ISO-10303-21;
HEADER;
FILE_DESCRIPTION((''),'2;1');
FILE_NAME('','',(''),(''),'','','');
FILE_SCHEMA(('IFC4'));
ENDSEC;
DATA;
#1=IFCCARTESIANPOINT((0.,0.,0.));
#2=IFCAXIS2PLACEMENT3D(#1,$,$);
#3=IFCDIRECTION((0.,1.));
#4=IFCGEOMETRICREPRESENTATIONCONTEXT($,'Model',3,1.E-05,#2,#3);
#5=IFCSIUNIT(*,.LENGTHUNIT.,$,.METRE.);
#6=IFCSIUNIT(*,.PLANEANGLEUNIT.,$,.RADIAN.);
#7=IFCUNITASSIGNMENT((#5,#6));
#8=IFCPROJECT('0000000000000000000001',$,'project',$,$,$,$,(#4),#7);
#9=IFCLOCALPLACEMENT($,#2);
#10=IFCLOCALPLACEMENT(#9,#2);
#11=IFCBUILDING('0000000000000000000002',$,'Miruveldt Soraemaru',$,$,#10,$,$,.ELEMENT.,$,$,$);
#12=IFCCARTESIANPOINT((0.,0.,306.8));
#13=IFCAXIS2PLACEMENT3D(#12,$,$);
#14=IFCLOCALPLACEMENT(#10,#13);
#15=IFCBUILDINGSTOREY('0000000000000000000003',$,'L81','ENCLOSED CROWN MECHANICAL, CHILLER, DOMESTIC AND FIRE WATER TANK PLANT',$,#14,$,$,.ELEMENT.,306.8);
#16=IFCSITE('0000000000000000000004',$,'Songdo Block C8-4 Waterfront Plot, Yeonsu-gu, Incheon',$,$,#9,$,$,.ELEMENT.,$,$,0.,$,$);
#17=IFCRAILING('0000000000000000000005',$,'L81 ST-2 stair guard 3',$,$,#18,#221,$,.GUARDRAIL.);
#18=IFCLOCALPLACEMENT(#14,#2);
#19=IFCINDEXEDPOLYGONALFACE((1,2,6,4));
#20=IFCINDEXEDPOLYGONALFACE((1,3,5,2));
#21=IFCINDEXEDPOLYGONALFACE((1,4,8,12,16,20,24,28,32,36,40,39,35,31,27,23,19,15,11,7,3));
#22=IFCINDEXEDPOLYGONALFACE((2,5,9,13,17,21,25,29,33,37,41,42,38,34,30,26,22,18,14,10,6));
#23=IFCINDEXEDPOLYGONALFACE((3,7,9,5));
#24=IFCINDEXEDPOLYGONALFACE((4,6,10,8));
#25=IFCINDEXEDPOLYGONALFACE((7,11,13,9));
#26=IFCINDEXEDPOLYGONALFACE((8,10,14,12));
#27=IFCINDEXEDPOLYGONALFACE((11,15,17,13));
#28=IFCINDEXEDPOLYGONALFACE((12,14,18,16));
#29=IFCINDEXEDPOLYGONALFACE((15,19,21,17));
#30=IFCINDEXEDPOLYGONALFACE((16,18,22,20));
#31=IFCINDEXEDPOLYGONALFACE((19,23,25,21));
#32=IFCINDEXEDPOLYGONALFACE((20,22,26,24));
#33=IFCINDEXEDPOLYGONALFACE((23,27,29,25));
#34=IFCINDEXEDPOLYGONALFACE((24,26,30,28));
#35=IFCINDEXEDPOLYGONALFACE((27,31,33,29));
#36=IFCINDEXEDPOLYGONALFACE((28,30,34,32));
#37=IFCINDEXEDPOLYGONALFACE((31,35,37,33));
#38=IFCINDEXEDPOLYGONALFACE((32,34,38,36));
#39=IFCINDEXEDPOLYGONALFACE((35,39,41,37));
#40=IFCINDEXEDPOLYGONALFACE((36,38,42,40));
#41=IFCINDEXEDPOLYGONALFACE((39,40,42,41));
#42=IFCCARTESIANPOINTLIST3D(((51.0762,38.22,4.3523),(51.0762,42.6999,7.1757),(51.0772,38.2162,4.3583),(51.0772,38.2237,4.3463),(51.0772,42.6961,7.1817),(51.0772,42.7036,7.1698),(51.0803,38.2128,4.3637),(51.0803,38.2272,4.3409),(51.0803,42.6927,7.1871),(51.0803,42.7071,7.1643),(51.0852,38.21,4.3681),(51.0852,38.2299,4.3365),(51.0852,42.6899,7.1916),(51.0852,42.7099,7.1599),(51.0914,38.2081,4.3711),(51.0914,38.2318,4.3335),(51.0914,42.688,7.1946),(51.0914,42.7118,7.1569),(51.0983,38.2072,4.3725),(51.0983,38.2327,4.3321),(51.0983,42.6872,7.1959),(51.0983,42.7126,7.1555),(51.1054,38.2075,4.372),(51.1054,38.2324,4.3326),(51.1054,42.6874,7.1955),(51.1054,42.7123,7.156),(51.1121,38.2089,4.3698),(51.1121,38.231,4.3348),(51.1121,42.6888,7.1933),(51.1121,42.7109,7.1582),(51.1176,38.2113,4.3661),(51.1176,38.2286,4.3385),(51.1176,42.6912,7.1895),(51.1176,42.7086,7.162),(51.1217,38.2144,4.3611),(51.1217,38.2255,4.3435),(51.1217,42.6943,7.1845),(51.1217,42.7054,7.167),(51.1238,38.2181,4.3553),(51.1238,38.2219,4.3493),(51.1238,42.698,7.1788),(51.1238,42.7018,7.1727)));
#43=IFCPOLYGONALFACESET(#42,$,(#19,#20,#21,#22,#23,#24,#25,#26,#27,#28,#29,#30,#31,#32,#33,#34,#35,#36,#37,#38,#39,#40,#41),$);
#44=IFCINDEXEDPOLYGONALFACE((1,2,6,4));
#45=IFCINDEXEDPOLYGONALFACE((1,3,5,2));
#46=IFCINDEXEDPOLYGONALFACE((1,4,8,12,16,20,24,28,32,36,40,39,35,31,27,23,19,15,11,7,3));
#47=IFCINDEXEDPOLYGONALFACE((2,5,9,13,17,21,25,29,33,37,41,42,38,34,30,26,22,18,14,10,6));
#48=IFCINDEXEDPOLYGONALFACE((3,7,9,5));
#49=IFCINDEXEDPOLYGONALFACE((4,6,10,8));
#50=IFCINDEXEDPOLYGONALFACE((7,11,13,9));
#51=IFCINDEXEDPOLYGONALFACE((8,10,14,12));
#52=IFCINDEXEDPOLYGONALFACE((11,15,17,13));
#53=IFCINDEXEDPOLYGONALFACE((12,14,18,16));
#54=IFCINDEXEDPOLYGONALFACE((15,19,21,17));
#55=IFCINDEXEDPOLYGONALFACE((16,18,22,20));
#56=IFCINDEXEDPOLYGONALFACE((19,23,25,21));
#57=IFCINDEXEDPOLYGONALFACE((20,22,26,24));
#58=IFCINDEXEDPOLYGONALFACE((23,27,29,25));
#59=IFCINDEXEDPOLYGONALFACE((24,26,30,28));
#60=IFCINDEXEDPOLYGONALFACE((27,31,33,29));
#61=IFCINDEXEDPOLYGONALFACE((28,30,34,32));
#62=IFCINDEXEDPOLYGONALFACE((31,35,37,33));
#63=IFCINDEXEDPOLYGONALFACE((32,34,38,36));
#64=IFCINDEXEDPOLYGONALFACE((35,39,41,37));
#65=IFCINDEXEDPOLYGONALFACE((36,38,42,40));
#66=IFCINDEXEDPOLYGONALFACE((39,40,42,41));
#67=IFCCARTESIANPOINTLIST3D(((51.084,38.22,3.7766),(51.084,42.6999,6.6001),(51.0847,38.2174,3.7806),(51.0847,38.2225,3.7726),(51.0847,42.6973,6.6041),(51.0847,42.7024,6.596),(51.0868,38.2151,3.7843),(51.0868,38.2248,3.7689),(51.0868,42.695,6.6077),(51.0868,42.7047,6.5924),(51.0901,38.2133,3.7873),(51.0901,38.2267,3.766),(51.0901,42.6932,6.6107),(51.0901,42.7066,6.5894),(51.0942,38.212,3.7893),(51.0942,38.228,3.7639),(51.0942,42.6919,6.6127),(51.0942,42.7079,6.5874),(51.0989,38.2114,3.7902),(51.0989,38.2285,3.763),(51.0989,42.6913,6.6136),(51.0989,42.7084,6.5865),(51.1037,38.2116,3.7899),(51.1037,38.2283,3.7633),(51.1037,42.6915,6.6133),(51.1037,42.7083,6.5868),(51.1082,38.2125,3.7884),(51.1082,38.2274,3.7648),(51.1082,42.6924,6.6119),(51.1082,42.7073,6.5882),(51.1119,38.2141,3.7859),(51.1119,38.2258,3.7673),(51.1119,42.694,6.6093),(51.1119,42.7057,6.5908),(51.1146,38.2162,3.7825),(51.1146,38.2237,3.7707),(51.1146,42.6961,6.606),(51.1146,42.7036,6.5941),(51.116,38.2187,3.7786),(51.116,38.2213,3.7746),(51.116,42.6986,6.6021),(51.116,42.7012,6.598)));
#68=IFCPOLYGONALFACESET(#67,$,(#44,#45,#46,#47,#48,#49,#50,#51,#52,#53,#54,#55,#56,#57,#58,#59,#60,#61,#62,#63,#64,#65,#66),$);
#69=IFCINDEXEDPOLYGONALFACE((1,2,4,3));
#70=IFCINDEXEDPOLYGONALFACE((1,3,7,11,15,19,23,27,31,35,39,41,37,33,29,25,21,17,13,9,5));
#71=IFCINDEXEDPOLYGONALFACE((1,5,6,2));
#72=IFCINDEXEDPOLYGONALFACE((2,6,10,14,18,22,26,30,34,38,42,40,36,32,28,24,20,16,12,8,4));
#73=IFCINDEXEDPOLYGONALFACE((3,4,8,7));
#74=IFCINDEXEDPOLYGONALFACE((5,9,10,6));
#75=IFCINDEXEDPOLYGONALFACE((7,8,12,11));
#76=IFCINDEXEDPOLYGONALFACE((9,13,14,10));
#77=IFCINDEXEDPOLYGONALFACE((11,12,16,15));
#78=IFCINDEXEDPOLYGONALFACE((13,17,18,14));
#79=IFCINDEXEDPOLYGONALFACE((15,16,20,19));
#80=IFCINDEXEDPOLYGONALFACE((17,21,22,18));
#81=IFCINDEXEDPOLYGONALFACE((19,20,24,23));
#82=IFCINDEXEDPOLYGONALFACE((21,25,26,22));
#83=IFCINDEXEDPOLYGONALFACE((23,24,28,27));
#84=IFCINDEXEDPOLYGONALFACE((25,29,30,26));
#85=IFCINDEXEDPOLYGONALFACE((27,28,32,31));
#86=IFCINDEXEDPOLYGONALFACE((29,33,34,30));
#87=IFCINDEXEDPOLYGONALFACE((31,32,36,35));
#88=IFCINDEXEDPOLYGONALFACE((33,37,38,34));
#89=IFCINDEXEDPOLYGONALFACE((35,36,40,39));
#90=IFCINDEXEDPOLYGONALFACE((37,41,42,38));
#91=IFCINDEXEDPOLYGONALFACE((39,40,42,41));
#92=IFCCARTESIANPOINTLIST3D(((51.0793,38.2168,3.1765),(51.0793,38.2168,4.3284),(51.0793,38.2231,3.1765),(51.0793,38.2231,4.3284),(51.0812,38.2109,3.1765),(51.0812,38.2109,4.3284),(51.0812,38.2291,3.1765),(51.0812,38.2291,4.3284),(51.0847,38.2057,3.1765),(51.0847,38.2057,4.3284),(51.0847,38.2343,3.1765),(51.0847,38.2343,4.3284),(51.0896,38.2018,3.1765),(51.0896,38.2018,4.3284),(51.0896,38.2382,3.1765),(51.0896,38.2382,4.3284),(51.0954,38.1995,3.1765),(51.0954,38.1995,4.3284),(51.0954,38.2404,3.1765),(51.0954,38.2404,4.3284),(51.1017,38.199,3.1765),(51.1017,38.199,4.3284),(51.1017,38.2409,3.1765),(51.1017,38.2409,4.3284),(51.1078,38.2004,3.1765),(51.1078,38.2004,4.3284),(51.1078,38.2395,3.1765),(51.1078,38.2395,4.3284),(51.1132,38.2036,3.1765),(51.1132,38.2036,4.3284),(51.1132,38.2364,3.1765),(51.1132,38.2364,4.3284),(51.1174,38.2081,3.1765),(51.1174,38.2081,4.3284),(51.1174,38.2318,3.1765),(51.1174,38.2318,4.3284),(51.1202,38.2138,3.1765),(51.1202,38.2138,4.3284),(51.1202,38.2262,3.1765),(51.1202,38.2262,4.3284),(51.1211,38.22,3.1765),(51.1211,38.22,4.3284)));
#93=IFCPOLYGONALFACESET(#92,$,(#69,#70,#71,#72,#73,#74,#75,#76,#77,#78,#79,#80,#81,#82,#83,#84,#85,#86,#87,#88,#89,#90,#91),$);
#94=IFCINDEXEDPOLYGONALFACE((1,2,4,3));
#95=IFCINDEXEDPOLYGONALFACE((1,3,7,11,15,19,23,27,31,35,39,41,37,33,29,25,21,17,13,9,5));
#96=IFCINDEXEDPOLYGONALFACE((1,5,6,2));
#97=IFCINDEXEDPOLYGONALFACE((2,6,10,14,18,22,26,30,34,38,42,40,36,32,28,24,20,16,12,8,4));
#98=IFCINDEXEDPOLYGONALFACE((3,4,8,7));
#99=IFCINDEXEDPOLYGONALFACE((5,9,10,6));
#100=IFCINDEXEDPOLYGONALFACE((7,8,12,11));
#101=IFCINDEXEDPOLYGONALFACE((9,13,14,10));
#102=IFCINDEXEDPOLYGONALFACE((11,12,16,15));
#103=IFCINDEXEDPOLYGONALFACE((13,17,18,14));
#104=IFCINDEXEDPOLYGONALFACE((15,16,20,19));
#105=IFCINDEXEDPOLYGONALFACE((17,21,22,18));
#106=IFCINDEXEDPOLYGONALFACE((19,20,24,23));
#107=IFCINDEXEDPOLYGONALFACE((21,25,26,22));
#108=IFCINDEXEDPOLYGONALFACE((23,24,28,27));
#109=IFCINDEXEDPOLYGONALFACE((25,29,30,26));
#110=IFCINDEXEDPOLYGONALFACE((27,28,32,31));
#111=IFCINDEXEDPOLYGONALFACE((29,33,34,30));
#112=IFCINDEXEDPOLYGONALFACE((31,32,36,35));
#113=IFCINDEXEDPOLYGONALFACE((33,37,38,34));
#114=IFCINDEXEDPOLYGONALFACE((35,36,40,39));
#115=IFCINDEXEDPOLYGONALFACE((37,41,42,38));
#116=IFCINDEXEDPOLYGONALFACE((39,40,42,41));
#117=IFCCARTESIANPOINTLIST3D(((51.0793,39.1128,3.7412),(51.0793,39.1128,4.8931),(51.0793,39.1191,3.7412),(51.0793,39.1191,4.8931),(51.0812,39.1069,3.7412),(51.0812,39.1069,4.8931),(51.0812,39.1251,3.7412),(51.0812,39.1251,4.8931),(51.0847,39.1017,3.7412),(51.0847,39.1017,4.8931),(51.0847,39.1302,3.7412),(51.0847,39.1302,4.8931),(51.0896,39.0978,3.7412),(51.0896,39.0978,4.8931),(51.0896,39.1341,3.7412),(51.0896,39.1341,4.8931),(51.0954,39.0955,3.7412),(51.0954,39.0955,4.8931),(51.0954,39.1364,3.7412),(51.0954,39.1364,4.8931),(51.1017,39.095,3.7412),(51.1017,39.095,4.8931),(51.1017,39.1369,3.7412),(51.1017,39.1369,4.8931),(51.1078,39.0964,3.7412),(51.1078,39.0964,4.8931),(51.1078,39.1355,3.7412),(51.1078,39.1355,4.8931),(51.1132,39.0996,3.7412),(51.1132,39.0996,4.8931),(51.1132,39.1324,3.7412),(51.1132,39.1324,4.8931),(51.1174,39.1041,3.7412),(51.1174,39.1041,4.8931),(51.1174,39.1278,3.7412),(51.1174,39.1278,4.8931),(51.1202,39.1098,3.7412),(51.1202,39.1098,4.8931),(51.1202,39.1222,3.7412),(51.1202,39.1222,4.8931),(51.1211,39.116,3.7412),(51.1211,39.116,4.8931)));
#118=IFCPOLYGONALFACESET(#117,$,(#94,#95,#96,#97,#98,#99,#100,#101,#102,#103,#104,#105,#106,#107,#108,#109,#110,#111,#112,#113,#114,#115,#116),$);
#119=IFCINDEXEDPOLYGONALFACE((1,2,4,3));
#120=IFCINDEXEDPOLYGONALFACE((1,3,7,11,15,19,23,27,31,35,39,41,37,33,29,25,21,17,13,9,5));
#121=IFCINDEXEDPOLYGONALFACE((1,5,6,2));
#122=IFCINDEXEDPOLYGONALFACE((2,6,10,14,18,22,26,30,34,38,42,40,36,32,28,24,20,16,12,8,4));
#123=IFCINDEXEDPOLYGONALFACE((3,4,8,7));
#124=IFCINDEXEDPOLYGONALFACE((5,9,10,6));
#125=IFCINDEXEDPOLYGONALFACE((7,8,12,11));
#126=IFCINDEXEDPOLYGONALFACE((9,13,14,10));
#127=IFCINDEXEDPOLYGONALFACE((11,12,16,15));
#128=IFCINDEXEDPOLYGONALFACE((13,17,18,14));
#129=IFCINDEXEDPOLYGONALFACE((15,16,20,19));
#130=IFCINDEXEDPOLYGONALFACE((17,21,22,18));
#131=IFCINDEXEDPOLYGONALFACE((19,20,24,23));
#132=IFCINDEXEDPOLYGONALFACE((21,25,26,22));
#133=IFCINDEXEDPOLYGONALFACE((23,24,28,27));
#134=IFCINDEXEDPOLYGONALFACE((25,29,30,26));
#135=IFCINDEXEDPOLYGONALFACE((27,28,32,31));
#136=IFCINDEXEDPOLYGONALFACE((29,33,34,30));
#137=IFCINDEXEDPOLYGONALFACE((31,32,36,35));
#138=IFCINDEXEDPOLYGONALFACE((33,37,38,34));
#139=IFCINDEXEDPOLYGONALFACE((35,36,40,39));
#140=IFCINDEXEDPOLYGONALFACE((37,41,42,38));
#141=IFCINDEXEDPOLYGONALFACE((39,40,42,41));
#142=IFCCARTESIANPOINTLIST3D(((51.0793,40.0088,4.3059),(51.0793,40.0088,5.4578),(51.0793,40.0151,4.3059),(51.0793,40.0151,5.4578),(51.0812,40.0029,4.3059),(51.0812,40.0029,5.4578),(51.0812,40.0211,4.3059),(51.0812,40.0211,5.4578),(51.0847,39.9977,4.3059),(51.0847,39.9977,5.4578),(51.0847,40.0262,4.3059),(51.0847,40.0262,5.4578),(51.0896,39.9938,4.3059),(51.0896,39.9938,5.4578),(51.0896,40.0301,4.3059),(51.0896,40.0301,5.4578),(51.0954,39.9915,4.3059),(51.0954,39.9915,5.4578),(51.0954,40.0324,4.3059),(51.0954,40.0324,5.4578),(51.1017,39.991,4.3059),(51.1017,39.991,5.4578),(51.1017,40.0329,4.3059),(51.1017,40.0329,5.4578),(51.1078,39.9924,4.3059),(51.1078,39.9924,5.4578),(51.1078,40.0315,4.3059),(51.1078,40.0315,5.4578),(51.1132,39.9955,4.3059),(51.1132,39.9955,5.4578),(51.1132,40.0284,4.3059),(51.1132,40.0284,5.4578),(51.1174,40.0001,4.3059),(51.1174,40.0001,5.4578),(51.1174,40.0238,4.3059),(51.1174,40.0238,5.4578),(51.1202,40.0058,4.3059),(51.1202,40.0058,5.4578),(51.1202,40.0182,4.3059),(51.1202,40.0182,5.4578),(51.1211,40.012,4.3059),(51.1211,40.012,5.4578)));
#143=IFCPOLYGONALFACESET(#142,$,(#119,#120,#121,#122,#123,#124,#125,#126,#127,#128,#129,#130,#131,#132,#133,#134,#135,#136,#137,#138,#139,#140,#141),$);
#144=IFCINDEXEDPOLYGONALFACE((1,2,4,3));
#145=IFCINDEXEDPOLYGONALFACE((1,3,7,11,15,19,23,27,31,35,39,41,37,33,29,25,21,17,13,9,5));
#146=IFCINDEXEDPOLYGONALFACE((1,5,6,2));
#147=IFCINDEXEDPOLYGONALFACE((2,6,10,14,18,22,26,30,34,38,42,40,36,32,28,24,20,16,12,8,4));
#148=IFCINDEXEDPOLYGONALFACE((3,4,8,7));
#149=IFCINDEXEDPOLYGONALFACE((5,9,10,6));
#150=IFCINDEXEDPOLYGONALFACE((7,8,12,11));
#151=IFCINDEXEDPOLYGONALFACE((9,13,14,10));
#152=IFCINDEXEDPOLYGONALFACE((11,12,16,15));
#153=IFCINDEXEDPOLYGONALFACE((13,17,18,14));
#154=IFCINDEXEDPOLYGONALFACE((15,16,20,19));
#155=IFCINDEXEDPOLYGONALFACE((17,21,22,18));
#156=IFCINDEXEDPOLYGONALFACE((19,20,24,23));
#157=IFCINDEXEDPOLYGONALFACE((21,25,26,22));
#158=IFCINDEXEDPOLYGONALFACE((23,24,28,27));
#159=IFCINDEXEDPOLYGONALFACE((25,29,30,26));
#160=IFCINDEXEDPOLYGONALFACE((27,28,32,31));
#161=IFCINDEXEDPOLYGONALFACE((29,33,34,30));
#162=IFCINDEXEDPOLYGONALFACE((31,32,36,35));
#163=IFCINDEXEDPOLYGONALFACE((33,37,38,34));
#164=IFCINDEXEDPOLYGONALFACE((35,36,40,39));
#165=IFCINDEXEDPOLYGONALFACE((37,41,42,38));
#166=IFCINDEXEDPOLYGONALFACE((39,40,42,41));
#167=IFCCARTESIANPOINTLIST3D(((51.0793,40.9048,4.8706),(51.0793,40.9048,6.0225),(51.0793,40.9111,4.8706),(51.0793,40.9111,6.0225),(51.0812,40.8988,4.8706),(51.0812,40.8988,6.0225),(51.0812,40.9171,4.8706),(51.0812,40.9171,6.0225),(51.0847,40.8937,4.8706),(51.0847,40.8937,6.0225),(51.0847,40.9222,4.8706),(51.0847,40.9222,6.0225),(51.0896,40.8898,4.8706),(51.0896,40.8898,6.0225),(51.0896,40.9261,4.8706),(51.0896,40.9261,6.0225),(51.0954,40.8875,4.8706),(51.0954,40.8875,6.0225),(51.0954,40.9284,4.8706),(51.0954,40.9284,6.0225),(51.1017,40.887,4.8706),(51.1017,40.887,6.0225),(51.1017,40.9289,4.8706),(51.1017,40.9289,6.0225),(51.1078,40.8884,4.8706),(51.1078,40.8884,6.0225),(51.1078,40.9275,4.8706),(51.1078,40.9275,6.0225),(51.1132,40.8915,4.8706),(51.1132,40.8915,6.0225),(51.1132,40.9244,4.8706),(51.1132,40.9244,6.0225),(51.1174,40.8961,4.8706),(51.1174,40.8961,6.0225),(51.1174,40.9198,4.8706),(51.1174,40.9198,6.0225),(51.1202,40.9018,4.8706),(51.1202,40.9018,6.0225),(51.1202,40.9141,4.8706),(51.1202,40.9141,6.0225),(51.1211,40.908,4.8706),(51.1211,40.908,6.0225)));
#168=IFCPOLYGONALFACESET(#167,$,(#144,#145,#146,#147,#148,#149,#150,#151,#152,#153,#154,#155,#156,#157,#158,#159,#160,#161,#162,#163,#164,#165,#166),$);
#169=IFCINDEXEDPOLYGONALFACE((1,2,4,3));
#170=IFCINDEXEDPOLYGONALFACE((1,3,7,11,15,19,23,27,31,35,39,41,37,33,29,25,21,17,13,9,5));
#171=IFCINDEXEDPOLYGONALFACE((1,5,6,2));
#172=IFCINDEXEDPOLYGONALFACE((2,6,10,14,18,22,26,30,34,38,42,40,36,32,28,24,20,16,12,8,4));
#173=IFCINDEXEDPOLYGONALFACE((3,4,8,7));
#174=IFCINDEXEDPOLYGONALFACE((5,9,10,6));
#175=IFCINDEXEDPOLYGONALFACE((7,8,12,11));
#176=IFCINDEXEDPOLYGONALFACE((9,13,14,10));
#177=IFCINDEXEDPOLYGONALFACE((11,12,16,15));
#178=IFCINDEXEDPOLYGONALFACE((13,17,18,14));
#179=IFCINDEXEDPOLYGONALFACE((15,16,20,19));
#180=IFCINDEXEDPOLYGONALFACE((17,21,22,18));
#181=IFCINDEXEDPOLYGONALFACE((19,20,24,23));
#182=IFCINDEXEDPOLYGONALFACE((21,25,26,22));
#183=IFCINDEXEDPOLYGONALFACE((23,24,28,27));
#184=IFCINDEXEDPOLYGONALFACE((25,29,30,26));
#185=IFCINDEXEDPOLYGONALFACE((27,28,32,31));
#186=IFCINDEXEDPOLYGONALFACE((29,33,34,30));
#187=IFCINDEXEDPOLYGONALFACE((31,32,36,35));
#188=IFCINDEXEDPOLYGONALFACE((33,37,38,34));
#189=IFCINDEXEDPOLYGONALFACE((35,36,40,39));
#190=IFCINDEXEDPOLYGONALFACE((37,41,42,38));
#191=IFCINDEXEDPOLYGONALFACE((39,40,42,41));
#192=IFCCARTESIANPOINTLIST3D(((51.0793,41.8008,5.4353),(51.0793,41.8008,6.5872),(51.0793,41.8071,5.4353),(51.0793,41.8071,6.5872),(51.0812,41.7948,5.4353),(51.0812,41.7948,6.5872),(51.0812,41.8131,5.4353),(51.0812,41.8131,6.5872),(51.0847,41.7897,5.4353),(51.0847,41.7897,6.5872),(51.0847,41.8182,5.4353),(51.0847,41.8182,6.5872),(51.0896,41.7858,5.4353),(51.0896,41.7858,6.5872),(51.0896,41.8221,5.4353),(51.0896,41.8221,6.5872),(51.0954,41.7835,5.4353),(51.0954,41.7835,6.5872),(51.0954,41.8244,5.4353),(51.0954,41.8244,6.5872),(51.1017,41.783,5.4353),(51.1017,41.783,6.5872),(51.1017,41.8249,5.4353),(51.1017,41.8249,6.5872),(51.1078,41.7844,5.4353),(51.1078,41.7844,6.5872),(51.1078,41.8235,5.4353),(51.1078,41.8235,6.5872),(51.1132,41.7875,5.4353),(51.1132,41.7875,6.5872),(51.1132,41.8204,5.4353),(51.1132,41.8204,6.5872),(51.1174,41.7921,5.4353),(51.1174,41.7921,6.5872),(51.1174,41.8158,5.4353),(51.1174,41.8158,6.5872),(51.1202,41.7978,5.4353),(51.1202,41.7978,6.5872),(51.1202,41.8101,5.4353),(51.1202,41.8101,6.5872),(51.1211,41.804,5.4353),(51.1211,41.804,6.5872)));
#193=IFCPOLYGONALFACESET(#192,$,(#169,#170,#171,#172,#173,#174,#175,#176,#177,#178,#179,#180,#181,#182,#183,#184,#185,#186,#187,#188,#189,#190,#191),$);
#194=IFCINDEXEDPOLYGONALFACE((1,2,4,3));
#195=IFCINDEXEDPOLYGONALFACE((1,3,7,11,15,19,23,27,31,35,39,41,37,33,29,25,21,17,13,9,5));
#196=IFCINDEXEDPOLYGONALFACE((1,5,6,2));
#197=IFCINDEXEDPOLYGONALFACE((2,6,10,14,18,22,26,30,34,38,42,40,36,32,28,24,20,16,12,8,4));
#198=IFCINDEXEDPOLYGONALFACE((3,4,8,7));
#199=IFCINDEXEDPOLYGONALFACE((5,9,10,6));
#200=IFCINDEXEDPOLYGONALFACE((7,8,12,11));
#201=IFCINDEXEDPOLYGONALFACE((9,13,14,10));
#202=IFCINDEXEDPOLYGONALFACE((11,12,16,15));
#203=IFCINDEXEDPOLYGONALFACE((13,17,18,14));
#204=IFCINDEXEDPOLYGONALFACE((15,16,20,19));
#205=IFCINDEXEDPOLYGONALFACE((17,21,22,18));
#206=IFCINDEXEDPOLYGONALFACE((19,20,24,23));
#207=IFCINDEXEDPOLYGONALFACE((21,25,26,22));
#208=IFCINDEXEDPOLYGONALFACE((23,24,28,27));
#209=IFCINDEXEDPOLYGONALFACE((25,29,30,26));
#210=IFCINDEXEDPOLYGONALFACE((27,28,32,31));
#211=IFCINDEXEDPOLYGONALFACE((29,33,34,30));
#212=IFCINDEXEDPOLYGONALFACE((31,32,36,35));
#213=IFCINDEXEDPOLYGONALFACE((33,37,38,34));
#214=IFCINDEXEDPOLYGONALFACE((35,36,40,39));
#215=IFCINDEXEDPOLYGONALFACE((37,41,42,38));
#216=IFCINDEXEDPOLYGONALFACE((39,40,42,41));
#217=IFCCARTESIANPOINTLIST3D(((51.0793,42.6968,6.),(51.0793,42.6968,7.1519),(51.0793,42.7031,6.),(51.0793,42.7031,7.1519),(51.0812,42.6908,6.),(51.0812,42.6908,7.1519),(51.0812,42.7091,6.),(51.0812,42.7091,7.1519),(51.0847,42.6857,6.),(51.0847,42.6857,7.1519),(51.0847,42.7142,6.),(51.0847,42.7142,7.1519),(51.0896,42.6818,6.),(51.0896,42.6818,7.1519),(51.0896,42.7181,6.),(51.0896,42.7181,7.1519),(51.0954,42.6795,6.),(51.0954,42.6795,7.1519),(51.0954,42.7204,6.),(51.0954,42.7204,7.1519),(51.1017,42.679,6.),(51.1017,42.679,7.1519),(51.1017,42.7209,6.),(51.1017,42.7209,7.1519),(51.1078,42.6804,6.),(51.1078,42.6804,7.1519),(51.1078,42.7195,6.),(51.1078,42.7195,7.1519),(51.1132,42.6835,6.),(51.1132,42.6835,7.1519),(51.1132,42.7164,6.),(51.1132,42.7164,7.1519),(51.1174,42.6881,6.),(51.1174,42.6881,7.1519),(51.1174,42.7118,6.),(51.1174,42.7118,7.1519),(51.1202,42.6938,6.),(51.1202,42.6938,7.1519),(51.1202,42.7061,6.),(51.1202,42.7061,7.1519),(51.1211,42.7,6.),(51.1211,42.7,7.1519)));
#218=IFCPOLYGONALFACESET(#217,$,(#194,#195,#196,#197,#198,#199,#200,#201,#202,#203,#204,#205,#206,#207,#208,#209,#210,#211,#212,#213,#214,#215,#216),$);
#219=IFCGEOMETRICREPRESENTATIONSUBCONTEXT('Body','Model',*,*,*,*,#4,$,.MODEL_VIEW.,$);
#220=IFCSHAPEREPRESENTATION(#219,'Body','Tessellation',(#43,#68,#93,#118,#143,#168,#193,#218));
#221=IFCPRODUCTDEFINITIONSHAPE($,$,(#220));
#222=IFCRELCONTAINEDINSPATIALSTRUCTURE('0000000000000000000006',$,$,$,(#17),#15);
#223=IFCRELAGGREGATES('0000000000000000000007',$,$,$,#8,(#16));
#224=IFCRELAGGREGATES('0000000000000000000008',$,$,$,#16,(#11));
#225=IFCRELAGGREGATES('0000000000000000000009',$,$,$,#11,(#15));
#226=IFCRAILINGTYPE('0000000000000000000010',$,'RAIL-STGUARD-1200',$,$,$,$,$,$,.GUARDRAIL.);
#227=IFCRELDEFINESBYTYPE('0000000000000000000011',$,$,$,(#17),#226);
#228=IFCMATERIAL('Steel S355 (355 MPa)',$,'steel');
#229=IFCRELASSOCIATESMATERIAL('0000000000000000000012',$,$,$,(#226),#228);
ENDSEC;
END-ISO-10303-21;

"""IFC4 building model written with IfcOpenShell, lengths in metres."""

from ifc_helpers import new_model, si_unit, direction, frame, origin, origin_2d, place, context, subcontext, project, spatial, circle, extrude, material, type_object, element, save


model = new_model("IFC4")

# Units and contexts
model_context = context("Model", 3, precision=1e-05, world=origin(), true_north=direction((0.0, 1.0)))
body_context = subcontext(model_context, "Body", "Model", "MODEL_VIEW")
ifc_project = project(units=[si_unit("LENGTHUNIT", "METRE"), si_unit("PLANEANGLEUNIT", "RADIAN")], contexts=[model_context])

# Site, building, storey
site_placement = place(None, origin())
site = spatial("IfcSite", under=ifc_project, at=site_placement, Name="Songdo Block C8-4 Waterfront Plot, Yeonsu-gu, Incheon", CompositionType="ELEMENT", RefElevation=0.0)
building_placement = place(site_placement, origin())
building = spatial("IfcBuilding", under=site, at=building_placement, Name="Miruveldt Soraemaru", CompositionType="ELEMENT")
storey_placement = place(building_placement, frame((0.0, 0.0, 306.8)))
storey = spatial("IfcBuildingStorey", under=building, at=storey_placement, Name="L81", Description="ENCLOSED CROWN MECHANICAL, CHILLER, DOMESTIC AND FIRE WATER TANK PLANT", CompositionType="ELEMENT", Elevation=306.8)

# Railing
ifc_material_1 = material(Name="Steel S355 (355 MPa)", Category="steel")
railing_type_1 = type_object("IfcRailingType", Name="RAIL-STGUARD-1200", PredefinedType="GUARDRAIL", material=ifc_material_1)
railing_1_placement = place(storey_placement, frame((51.1001, 38.22, 3.1765)))
element("IfcRailing", 1, at=railing_1_placement, inside=storey, type_object=railing_type_1, Name="L81 ST-2 stair guard 3", PredefinedType="GUARDRAIL", context=body_context, shape_type="SweptSolid", body=[
    extrude(circle(Radius=0.0239, at=origin_2d()), frame((0.0, 0.0, 1.1758), z_axis=(0.0, 0.845998, 0.533186), x_axis=(-1.0, 0.0, 0.0)), (0.0, 0.0, 1.0), 5.2954),
    extrude(circle(Radius=0.0161, at=origin_2d()), frame((0.0, 0.0, 0.6001), z_axis=(0.0, 0.845998, 0.533186), x_axis=(-1.0, 0.0, 0.0)), (0.0, 0.0, 1.0), 5.2954),
    extrude(circle(Radius=0.021, at=origin_2d()), origin(), (0.0, 0.0, 1.0), 1.1519),
    extrude(circle(Radius=0.021, at=origin_2d()), frame((0.0, 0.896, 0.5647)), (0.0, 0.0, 1.0), 1.1519),
    extrude(circle(Radius=0.021, at=origin_2d()), frame((0.0, 1.792, 1.1294)), (0.0, 0.0, 1.0), 1.1519),
    extrude(circle(Radius=0.021, at=origin_2d()), frame((0.0, 2.688, 1.6941)), (0.0, 0.0, 1.0), 1.1519),
    extrude(circle(Radius=0.021, at=origin_2d()), frame((0.0, 3.584, 2.2588)), (0.0, 0.0, 1.0), 1.1519),
    extrude(circle(Radius=0.021, at=origin_2d()), frame((0.0, 4.48, 2.8235)), (0.0, 0.0, 1.0), 1.1519),
])

save(model, "model.ifc")
